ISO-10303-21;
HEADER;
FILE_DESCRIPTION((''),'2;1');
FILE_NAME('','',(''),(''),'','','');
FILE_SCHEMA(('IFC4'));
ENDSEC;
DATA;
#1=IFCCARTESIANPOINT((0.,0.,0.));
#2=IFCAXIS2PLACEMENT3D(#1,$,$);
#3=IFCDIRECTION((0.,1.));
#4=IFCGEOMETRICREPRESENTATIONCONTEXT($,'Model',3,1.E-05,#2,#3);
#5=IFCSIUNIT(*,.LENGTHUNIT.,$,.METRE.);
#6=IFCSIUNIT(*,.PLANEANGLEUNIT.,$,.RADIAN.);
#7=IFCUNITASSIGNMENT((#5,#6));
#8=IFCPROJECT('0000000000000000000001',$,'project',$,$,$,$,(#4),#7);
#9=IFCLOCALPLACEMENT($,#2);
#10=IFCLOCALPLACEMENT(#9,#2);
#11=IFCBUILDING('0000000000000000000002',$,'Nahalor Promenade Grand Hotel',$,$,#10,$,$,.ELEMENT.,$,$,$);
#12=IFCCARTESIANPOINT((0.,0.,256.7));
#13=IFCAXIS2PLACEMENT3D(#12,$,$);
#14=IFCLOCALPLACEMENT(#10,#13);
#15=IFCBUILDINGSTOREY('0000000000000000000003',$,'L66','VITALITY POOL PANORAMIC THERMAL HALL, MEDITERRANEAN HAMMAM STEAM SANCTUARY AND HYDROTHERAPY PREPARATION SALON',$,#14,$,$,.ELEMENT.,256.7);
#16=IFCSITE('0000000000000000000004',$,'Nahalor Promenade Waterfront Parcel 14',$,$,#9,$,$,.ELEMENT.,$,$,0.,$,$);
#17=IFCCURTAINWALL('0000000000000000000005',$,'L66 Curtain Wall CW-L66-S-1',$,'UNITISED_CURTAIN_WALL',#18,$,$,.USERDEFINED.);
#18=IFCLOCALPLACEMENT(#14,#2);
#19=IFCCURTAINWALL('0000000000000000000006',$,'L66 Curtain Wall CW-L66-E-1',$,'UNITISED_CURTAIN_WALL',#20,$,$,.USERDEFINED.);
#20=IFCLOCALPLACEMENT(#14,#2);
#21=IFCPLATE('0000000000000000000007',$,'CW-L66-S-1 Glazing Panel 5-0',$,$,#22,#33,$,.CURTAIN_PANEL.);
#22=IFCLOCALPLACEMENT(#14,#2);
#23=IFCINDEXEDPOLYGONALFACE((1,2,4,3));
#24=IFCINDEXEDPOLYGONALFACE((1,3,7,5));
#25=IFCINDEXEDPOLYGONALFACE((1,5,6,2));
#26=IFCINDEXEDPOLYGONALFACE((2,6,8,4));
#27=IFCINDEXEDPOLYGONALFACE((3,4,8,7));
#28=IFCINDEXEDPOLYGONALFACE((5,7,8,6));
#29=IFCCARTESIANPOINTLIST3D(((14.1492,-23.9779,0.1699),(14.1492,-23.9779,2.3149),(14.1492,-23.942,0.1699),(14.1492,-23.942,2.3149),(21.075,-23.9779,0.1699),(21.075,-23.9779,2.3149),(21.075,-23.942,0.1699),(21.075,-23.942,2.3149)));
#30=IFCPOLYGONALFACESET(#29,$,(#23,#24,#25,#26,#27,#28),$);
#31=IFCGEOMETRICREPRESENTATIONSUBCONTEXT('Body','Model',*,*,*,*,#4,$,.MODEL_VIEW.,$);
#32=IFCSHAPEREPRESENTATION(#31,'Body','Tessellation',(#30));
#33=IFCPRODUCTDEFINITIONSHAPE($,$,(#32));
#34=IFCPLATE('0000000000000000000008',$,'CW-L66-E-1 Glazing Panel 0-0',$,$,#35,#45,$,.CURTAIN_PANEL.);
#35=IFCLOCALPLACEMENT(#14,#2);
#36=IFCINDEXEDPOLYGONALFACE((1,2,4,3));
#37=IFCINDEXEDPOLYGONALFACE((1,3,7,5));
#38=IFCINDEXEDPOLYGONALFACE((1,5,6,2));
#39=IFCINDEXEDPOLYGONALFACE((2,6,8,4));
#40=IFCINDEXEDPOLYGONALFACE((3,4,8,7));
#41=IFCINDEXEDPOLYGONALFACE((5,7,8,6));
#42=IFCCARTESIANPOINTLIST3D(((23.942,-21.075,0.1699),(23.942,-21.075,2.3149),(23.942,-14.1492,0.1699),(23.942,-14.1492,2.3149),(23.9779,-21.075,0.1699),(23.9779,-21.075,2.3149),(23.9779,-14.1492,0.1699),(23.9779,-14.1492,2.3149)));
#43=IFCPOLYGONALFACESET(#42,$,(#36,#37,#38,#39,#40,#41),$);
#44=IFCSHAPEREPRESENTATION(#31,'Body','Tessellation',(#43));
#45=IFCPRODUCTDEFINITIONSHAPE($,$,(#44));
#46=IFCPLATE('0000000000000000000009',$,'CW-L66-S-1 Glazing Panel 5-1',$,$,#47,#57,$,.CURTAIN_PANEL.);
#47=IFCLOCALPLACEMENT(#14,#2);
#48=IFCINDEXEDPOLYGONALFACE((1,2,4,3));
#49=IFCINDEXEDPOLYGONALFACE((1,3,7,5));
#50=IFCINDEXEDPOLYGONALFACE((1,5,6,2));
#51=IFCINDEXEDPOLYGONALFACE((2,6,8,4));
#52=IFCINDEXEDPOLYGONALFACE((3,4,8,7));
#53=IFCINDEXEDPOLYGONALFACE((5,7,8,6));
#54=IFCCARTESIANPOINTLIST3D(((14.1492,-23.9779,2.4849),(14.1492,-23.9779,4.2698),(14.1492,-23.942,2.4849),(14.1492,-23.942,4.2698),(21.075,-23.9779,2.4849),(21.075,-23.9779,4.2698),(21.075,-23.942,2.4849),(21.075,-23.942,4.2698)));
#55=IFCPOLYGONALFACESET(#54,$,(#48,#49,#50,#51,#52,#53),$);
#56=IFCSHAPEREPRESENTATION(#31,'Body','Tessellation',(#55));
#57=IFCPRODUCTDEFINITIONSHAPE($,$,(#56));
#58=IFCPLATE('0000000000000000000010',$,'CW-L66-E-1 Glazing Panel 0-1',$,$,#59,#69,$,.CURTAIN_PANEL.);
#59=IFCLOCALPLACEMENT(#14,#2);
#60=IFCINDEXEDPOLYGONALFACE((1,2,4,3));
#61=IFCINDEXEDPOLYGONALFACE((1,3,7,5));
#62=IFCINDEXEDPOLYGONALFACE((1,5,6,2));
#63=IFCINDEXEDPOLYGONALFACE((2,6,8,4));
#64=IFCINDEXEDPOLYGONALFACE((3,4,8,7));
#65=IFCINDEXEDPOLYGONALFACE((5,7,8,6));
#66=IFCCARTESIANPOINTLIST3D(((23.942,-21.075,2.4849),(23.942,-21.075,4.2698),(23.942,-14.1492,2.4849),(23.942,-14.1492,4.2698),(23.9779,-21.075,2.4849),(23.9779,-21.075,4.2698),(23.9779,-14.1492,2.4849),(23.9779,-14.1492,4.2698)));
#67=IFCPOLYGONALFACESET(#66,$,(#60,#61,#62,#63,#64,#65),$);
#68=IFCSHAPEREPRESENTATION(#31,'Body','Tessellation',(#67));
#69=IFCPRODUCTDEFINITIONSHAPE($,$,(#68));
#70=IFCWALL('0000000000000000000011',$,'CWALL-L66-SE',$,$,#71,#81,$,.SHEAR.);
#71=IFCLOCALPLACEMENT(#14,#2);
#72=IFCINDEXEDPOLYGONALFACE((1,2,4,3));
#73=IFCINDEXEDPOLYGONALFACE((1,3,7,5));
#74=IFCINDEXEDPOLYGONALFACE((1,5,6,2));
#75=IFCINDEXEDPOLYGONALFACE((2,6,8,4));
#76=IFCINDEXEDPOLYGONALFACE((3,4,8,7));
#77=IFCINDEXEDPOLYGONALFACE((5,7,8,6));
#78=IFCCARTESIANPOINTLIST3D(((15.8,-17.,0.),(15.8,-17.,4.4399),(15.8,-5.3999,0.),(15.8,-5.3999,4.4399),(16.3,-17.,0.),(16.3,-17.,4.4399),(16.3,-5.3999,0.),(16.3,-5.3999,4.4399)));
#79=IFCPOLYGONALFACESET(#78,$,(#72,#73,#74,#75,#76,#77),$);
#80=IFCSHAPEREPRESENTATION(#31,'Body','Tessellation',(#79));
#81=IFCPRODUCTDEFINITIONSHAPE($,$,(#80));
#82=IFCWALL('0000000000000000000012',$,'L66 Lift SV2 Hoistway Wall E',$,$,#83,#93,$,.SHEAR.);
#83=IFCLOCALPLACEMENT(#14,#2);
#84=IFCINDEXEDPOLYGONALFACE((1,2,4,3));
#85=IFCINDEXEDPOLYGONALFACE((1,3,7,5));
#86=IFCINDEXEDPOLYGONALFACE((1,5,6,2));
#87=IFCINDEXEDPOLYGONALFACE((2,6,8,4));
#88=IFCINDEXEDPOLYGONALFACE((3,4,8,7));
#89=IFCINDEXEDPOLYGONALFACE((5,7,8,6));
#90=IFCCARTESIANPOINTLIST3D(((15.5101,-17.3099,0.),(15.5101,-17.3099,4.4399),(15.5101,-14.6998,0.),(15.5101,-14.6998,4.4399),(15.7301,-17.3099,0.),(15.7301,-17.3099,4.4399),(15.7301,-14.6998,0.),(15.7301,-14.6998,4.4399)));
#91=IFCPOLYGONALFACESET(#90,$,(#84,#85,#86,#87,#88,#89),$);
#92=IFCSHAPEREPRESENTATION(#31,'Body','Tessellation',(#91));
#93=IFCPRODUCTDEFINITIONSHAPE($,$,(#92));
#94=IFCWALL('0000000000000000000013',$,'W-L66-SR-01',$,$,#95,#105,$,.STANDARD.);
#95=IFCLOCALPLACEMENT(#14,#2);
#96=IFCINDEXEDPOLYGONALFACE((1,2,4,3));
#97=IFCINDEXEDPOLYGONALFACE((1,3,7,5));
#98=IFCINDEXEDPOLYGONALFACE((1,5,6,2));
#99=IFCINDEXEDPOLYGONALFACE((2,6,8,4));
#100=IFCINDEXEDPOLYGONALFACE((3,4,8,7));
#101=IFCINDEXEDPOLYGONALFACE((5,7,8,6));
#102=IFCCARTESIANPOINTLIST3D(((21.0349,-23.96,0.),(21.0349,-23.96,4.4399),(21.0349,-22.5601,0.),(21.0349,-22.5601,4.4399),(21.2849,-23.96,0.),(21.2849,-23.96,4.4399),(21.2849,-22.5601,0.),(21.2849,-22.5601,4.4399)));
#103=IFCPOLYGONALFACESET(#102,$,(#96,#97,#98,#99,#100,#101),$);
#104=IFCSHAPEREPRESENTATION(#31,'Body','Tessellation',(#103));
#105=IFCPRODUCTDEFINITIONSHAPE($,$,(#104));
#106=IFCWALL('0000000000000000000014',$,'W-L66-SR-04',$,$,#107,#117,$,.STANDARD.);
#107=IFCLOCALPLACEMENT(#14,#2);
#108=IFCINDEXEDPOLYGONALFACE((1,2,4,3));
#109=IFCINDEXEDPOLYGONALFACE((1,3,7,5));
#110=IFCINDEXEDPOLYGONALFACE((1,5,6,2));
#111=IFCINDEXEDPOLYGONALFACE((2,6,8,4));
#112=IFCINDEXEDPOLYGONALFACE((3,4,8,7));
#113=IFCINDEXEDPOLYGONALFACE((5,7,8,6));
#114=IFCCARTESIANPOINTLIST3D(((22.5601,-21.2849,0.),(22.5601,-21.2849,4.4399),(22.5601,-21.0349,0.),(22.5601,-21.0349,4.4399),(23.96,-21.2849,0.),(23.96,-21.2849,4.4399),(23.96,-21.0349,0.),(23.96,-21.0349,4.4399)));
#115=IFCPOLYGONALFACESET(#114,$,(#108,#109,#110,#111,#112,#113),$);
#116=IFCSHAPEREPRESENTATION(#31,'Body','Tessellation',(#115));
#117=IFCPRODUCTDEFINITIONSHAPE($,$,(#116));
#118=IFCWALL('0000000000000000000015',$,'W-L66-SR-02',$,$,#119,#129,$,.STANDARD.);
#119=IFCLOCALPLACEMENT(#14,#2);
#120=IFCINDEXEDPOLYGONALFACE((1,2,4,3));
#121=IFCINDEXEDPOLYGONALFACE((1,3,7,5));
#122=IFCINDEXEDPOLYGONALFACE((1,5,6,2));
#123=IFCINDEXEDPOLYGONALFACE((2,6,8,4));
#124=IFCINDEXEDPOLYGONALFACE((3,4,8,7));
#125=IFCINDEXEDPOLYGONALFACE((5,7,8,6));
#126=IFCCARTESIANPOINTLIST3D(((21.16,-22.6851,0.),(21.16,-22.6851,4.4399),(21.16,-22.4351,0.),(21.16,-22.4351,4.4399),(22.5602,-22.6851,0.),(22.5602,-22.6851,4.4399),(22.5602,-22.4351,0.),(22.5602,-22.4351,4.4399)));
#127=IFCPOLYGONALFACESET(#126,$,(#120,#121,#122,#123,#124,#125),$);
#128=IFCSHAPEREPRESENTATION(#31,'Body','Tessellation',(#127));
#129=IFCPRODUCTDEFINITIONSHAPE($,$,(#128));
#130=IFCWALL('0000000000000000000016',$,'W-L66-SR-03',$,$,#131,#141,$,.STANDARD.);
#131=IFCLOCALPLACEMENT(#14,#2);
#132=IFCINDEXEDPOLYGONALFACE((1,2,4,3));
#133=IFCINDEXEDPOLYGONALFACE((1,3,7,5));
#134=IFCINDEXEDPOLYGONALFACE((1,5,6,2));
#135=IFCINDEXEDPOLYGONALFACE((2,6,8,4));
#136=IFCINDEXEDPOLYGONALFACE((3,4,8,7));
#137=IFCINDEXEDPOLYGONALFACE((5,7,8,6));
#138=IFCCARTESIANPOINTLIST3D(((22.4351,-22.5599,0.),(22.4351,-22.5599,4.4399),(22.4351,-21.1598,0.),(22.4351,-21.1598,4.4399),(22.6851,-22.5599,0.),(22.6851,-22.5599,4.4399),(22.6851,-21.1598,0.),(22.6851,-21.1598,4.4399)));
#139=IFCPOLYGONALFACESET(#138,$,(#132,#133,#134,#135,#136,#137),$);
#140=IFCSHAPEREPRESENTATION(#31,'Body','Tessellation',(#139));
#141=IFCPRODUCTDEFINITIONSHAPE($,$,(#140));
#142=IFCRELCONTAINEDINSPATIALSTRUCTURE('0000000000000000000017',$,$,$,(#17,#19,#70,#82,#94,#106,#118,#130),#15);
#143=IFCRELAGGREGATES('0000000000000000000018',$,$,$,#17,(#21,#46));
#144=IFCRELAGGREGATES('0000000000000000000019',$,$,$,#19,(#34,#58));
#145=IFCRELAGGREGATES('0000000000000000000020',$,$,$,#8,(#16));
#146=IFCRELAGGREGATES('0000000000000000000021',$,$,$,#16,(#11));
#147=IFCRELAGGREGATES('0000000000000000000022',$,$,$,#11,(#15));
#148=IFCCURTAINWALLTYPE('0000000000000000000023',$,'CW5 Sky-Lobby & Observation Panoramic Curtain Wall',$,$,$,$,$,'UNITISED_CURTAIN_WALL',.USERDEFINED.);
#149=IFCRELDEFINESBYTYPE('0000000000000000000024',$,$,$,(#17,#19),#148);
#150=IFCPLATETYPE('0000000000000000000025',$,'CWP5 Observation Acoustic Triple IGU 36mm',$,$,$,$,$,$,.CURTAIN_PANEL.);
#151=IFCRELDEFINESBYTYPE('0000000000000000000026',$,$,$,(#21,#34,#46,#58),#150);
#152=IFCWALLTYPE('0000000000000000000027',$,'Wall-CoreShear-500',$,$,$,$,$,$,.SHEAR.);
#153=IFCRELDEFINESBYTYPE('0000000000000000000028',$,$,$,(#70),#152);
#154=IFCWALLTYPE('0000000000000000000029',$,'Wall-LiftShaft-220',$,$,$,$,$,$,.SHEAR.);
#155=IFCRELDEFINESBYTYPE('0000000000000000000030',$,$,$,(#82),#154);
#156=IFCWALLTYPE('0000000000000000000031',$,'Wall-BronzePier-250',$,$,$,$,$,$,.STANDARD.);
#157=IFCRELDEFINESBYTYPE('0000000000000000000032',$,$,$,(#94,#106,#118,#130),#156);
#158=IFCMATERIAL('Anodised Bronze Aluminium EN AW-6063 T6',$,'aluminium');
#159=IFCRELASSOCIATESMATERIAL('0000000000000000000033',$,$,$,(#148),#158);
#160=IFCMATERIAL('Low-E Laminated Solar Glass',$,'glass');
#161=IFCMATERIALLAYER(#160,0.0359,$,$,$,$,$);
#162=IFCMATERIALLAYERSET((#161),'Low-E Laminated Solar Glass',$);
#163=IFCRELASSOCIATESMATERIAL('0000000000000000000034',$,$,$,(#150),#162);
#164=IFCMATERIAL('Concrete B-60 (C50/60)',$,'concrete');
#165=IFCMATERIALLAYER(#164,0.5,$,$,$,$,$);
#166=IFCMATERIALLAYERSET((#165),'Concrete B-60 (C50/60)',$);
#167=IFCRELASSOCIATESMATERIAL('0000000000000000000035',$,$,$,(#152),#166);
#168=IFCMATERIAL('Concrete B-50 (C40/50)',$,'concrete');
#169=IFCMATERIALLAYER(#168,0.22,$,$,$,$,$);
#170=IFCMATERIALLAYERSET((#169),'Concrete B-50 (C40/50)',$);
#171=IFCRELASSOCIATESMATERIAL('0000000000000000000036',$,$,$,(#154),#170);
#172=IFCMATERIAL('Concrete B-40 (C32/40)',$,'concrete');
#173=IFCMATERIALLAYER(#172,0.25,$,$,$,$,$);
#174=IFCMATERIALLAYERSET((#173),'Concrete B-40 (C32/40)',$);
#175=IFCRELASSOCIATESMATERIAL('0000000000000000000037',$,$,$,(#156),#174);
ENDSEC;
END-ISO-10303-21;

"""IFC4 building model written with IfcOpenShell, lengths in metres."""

from ifc_helpers import new_model, si_unit, direction, frame, frame_2d, origin, origin_2d, place, context, subcontext, project, spatial, rectangle, extrude, source, transform, mapped, material, layer, layer_set, type_object, element, aggregate, save


model = new_model("IFC4")

# Units and contexts
model_context = context("Model", 3, precision=1e-05, world=origin(), true_north=direction((0.0, 1.0)))
body_context = subcontext(model_context, "Body", "Model", "MODEL_VIEW")
ifc_project = project(units=[si_unit("LENGTHUNIT", "METRE"), si_unit("PLANEANGLEUNIT", "RADIAN")], contexts=[model_context])

# Site, building, storey
site_placement = place(None, origin())
site = spatial("IfcSite", under=ifc_project, at=site_placement, Name="Nahalor Promenade Waterfront Parcel 14", CompositionType="ELEMENT", RefElevation=0.0)
building_placement = place(site_placement, origin())
building = spatial("IfcBuilding", under=site, at=building_placement, Name="Nahalor Promenade Grand Hotel", CompositionType="ELEMENT")
storey_placement = place(building_placement, frame((0.0, 0.0, 256.7)))
storey = spatial("IfcBuildingStorey", under=building, at=storey_placement, Name="L66", Description="VITALITY POOL PANORAMIC THERMAL HALL, MEDITERRANEAN HAMMAM STEAM SANCTUARY AND HYDROTHERAPY PREPARATION SALON", CompositionType="ELEMENT", Elevation=256.7)

# Shared definitions
ifc_material_1 = material(Name="Concrete B-60 (C50/60)", Category="concrete")

# Curtain wall
ifc_material_2 = material(Name="Anodised Bronze Aluminium EN AW-6063 T6", Category="aluminium")
curtain_wall_type = type_object("IfcCurtainWallType", Name="CW5 Sky-Lobby & Observation Panoramic Curtain Wall", ElementType="UNITISED_CURTAIN_WALL", PredefinedType="USERDEFINED", material=ifc_material_2)
curtain_wall_1_placement = place(storey_placement, origin())
curtain_wall_1 = element("IfcCurtainWall", 1, at=curtain_wall_1_placement, inside=storey, type_object=curtain_wall_type, Name="L66 Curtain Wall CW-L66-S-1", ObjectType="UNITISED_CURTAIN_WALL", PredefinedType="USERDEFINED")

# Curtain wall
curtain_wall_2_placement = place(storey_placement, origin())
curtain_wall_2 = element("IfcCurtainWall", 2, at=curtain_wall_2_placement, inside=storey, type_object=curtain_wall_type, Name="L66 Curtain Wall CW-L66-E-1", ObjectType="UNITISED_CURTAIN_WALL", PredefinedType="USERDEFINED")

# Plates
ifc_material_3 = material(Name="Low-E Laminated Solar Glass", Category="glass")
ifc_layer_1 = layer(ifc_material_3, 0.0359)
ifc_layer_set_1 = layer_set([ifc_layer_1], Name="Low-E Laminated Solar Glass")
plate_type = type_object("IfcPlateType", Name="CWP5 Observation Acoustic Triple IGU 36mm", PredefinedType="CURTAIN_PANEL", material=ifc_layer_set_1)
shared_shape_1 = source(origin(), body_context, "Body", "SweptSolid", [
    extrude(rectangle(XDim=6.9258, YDim=0.0359, at=origin_2d()), origin(), (0.0, 0.0, 1.0), 2.145),
])
plate_1_placement = place(storey_placement, frame((17.6121, -23.96, 0.1699), z_axis=(0.0, 0.0, 1.0), x_axis=(1.0, 0.0, 0.0)))
plate_1 = element("IfcPlate", 3, at=plate_1_placement, type_object=plate_type, Name="CW-L66-S-1 Glazing Panel 5-0", PredefinedType="CURTAIN_PANEL", context=body_context, shape_type="MappedRepresentation", body=[
    mapped(shared_shape_1, transform((0.0, 0.0, 0.0), scale=1.0)),
])
plate_2_placement = place(storey_placement, frame((23.96, -17.6121, 0.1699), z_axis=(0.0, 0.0, 1.0), x_axis=(0.0, 1.0, 0.0)))
plate_2 = element("IfcPlate", 4, at=plate_2_placement, type_object=plate_type, Name="CW-L66-E-1 Glazing Panel 0-0", PredefinedType="CURTAIN_PANEL", context=body_context, shape_type="MappedRepresentation", body=[
    mapped(shared_shape_1, transform((0.0, 0.0, 0.0), scale=1.0)),
])
shared_shape_2 = source(origin(), body_context, "Body", "SweptSolid", [
    extrude(rectangle(XDim=6.9258, YDim=0.0359, at=origin_2d()), origin(), (0.0, 0.0, 1.0), 1.7849),
])
plate_3_placement = place(storey_placement, frame((17.6121, -23.96, 2.4849), z_axis=(0.0, 0.0, 1.0), x_axis=(1.0, 0.0, 0.0)))
plate_3 = element("IfcPlate", 5, at=plate_3_placement, type_object=plate_type, Name="CW-L66-S-1 Glazing Panel 5-1", PredefinedType="CURTAIN_PANEL", context=body_context, shape_type="MappedRepresentation", body=[
    mapped(shared_shape_2, transform((0.0, 0.0, 0.0), scale=1.0)),
])
aggregate(curtain_wall_1, [plate_1, plate_3])
plate_4_placement = place(storey_placement, frame((23.96, -17.6121, 2.4849), z_axis=(0.0, 0.0, 1.0), x_axis=(0.0, 1.0, 0.0)))
plate_4 = element("IfcPlate", 6, at=plate_4_placement, type_object=plate_type, Name="CW-L66-E-1 Glazing Panel 0-1", PredefinedType="CURTAIN_PANEL", context=body_context, shape_type="MappedRepresentation", body=[
    mapped(shared_shape_2, transform((0.0, 0.0, 0.0), scale=1.0)),
])
aggregate(curtain_wall_2, [plate_2, plate_4])

# Walls
ifc_layer_2 = layer(ifc_material_1, 0.5)
ifc_layer_set_2 = layer_set([ifc_layer_2], Name="Concrete B-60 (C50/60)")
wall_type_1 = type_object("IfcWallType", Name="Wall-CoreShear-500", PredefinedType="SHEAR", material=ifc_layer_set_2)
shared_shape_3 = source(origin(), body_context, "Body", "SweptSolid", [
    extrude(rectangle(XDim=11.6001, YDim=0.5, at=frame_2d((5.8, 0.0))), origin(), (0.0, 0.0, 1.0), 4.4399),
])
wall_1_placement = place(storey_placement, frame((16.05, -17.0, 0.0), z_axis=(0.0, 0.0, 1.0), x_axis=(0.0, 1.0, 0.0)))
element("IfcWall", 7, at=wall_1_placement, inside=storey, type_object=wall_type_1, Name="CWALL-L66-SE", PredefinedType="SHEAR", context=body_context, shape_type="MappedRepresentation", body=[
    mapped(shared_shape_3, transform((0.0, 0.0, 0.0), scale=1.0)),
])
ifc_material_4 = material(Name="Concrete B-50 (C40/50)", Category="concrete")
ifc_layer_3 = layer(ifc_material_4, 0.22)
ifc_layer_set_3 = layer_set([ifc_layer_3], Name="Concrete B-50 (C40/50)")
wall_type_2 = type_object("IfcWallType", Name="Wall-LiftShaft-220", PredefinedType="SHEAR", material=ifc_layer_set_3)
shared_shape_4 = source(origin(), body_context, "Body", "SweptSolid", [
    extrude(rectangle(XDim=2.6101, YDim=0.22, at=frame_2d((1.3052, 0.0))), origin(), (0.0, 0.0, 1.0), 4.4399),
])
wall_2_placement = place(storey_placement, frame((15.6201, -17.3101, 0.0), z_axis=(0.0, 0.0, 1.0), x_axis=(0.0, 1.0, 0.0)))
element("IfcWall", 8, at=wall_2_placement, inside=storey, type_object=wall_type_2, Name="L66 Lift SV2 Hoistway Wall E", PredefinedType="SHEAR", context=body_context, shape_type="MappedRepresentation", body=[
    mapped(shared_shape_4, transform((0.0, 0.0, 0.0), scale=1.0)),
])
ifc_material_5 = material(Name="Concrete B-40 (C32/40)", Category="concrete")
ifc_layer_4 = layer(ifc_material_5, 0.25)
ifc_layer_set_4 = layer_set([ifc_layer_4], Name="Concrete B-40 (C32/40)")
wall_type_3 = type_object("IfcWallType", Name="Wall-BronzePier-250", PredefinedType="STANDARD", material=ifc_layer_set_4)
shared_shape_5 = source(origin(), body_context, "Body", "SweptSolid", [
    extrude(rectangle(XDim=1.3999, YDim=0.25, at=frame_2d((0.7, 0.0))), origin(), (0.0, 0.0, 1.0), 4.4399),
])
for number, where, z_axis, x_axis, name in (
    (9, (21.1599, -23.96, 0.0), (0.0, 0.0, 1.0), (0.0, 1.0, 0.0), "W-L66-SR-01"),
    (10, (22.5601, -21.1599, 0.0), (0.0, 0.0, 1.0), (1.0, 0.0, 0.0), "W-L66-SR-04"),
):
    element("IfcWall", number, at=place(storey_placement, frame(where, z_axis=z_axis, x_axis=x_axis)), inside=storey, type_object=wall_type_3, Name=name, PredefinedType="STANDARD", context=body_context, shape_type="MappedRepresentation", body=[
        mapped(shared_shape_5, transform((0.0, 0.0, 0.0), scale=1.0)),
    ])
shared_shape_6 = source(origin(), body_context, "Body", "SweptSolid", [
    extrude(rectangle(XDim=1.4001, YDim=0.25, at=frame_2d((0.7002, 0.0))), origin(), (0.0, 0.0, 1.0), 4.4399),
])
for number, where, z_axis, x_axis, name in (
    (11, (21.1599, -22.5601, 0.0), (0.0, 0.0, 1.0), (1.0, 0.0, 0.0), "W-L66-SR-02"),
    (12, (22.5601, -22.5601, 0.0), (0.0, 0.0, 1.0), (0.0, 1.0, 0.0), "W-L66-SR-03"),
):
    element("IfcWall", number, at=place(storey_placement, frame(where, z_axis=z_axis, x_axis=x_axis)), inside=storey, type_object=wall_type_3, Name=name, PredefinedType="STANDARD", context=body_context, shape_type="MappedRepresentation", body=[
        mapped(shared_shape_6, transform((0.0, 0.0, 0.0), scale=1.0)),
    ])

save(model, "model.ifc")
